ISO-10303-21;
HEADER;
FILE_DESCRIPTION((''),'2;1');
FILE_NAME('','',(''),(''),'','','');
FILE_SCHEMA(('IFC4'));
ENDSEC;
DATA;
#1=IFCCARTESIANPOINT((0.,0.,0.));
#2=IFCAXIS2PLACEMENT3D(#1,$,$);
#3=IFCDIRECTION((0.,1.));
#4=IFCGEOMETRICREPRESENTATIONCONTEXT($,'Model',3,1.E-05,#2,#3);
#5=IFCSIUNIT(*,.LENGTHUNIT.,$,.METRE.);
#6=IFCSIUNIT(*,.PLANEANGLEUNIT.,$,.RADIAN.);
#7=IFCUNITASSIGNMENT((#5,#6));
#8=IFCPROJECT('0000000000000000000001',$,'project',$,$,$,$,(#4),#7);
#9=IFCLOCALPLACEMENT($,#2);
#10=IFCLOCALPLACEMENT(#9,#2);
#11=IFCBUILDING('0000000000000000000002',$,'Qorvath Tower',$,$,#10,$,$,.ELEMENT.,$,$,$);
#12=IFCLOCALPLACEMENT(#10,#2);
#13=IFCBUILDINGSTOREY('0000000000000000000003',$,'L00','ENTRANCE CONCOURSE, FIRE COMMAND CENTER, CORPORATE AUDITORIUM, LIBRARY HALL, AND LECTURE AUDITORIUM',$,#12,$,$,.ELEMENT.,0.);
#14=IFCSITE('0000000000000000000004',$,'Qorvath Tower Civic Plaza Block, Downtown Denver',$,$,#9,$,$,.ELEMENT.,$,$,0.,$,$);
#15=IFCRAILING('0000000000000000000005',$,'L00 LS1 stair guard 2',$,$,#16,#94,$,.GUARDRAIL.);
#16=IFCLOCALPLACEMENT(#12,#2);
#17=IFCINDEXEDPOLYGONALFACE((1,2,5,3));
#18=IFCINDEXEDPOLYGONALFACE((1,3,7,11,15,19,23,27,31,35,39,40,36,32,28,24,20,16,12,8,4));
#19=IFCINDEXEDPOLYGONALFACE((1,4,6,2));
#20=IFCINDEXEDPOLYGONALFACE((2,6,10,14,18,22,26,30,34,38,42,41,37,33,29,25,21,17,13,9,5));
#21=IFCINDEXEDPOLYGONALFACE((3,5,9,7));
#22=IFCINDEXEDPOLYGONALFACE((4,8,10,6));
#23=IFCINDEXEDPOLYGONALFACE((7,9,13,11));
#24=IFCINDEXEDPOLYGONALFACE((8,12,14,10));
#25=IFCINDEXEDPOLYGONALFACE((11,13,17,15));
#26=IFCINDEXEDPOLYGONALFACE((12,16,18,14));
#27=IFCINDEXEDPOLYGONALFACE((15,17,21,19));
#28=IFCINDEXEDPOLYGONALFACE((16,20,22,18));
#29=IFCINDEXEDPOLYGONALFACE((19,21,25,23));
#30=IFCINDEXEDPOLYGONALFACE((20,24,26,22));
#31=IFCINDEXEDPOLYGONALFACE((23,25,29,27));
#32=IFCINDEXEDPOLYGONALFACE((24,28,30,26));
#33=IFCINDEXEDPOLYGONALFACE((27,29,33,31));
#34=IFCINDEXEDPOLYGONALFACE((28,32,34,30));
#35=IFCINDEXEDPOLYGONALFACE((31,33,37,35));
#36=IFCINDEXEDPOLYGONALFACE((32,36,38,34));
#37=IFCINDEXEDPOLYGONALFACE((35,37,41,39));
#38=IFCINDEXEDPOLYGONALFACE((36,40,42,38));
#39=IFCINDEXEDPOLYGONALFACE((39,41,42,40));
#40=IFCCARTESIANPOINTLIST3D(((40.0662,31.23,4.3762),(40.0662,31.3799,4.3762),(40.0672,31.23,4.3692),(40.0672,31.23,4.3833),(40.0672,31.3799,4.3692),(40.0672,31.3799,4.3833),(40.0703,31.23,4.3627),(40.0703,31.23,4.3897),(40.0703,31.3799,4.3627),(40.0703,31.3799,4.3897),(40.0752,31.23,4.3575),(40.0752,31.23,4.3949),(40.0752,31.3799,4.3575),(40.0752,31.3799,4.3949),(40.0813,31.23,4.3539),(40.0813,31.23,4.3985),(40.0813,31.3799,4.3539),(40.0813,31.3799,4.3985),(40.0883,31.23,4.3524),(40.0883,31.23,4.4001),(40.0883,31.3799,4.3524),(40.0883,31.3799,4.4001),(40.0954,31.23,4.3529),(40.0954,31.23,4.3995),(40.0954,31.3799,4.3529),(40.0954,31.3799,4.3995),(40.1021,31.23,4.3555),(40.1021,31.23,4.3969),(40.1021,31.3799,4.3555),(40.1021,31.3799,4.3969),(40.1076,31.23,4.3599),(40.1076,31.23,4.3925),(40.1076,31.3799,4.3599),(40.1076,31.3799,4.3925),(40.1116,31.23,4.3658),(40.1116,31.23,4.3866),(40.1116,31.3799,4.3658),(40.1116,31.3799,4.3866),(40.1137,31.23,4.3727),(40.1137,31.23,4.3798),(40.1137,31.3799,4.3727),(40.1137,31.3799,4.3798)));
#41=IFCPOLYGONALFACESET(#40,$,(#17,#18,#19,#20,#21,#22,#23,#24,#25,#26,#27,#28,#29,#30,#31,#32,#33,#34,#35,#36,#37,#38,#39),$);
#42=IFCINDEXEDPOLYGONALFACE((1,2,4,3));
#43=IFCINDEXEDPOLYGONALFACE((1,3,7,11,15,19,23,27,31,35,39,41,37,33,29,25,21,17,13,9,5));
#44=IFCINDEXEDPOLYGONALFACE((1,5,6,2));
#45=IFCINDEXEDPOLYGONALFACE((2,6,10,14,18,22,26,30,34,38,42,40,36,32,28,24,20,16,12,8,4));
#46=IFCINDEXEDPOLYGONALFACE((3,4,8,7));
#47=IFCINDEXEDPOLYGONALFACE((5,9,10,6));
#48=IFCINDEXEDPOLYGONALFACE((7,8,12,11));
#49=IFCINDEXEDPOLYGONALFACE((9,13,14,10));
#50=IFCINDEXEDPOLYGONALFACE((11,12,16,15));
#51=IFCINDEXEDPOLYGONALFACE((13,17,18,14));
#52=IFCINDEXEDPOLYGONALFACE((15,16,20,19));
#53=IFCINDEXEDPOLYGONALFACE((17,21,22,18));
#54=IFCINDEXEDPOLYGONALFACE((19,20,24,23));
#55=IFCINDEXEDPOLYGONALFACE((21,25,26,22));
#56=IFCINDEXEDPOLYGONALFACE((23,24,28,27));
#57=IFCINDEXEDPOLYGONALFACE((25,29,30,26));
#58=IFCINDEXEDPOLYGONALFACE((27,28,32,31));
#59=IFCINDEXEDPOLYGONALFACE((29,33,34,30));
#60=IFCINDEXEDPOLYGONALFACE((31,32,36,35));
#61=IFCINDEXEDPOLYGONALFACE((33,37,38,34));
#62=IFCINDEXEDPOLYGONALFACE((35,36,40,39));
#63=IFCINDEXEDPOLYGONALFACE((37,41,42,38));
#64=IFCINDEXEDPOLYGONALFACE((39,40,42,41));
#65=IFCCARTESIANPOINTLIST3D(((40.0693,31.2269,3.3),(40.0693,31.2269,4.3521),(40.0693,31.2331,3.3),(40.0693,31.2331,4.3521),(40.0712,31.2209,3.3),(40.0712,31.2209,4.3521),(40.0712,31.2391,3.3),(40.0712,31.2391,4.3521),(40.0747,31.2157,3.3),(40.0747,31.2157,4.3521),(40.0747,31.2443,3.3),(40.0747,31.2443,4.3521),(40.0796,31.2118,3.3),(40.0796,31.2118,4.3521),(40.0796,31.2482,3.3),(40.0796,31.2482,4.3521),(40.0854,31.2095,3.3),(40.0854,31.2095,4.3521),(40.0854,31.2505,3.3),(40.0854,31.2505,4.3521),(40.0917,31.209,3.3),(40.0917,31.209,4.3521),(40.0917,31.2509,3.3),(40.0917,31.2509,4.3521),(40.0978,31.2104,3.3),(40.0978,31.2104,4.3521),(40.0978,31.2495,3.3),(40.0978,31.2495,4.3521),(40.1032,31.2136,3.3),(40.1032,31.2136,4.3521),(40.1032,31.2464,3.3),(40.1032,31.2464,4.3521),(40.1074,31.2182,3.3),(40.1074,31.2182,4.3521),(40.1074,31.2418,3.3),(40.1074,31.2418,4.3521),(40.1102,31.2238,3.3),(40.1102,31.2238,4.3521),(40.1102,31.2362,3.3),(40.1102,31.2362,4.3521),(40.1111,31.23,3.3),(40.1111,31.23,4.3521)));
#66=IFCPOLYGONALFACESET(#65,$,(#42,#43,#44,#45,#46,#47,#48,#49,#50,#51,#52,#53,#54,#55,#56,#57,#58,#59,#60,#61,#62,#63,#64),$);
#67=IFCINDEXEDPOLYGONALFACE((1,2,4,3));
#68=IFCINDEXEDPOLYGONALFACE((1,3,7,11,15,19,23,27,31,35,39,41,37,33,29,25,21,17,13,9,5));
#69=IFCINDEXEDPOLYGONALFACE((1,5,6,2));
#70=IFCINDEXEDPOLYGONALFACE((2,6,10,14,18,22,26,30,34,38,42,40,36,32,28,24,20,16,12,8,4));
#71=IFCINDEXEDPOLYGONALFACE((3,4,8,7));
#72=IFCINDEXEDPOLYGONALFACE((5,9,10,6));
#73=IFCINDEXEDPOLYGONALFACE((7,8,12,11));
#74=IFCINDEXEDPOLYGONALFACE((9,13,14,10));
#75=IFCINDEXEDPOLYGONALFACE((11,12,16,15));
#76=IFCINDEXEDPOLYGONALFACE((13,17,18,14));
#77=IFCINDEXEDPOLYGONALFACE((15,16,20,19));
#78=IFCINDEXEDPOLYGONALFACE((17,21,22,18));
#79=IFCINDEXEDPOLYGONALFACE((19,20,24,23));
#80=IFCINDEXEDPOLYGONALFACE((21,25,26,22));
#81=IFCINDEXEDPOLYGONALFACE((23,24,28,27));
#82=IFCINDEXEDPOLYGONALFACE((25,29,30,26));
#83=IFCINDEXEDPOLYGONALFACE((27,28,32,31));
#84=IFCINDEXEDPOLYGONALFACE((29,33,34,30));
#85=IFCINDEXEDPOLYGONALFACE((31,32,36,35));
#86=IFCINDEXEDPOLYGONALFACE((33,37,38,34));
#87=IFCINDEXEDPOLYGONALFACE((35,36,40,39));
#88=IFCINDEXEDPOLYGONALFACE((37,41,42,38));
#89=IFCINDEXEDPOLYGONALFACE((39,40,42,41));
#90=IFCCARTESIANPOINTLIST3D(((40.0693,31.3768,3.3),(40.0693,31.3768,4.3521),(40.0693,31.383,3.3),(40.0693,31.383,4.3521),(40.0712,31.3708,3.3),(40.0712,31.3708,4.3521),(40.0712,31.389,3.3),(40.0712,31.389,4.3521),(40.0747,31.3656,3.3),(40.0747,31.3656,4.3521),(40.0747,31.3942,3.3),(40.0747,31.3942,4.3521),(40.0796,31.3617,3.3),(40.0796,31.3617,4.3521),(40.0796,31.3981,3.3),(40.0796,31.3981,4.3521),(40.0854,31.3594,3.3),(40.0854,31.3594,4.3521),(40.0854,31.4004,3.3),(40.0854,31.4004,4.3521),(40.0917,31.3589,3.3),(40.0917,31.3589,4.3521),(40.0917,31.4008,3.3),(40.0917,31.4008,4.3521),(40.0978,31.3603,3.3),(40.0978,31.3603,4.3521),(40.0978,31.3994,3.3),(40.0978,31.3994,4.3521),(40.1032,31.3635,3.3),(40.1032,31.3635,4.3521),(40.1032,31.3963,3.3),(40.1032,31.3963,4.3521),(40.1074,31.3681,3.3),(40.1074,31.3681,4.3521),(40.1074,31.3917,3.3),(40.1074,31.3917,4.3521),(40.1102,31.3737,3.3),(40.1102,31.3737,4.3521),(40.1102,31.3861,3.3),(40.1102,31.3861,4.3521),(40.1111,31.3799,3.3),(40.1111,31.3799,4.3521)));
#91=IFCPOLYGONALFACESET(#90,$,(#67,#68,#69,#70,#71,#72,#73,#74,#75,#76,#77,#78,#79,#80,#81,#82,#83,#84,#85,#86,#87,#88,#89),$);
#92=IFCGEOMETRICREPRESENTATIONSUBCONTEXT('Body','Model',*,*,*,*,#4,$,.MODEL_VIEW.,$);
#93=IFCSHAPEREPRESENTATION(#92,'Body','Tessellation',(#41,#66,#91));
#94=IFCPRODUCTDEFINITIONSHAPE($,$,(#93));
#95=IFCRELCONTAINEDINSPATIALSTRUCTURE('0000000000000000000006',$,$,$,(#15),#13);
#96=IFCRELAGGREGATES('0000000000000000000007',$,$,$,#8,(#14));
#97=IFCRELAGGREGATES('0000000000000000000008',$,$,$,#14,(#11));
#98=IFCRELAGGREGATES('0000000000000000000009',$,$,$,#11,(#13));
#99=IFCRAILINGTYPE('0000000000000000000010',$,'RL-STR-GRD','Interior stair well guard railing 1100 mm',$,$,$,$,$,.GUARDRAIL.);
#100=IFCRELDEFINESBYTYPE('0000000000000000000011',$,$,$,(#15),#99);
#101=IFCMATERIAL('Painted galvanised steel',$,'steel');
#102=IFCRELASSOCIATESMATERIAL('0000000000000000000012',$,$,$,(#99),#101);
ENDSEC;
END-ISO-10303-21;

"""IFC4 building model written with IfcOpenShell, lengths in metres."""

from ifc_helpers import new_model, si_unit, direction, frame, origin, origin_2d, place, context, subcontext, project, spatial, circle, extrude, material, type_object, element, save


model = new_model("IFC4")

# Units and contexts
model_context = context("Model", 3, precision=1e-05, world=origin(), true_north=direction((0.0, 1.0)))
body_context = subcontext(model_context, "Body", "Model", "MODEL_VIEW")
ifc_project = project(units=[si_unit("LENGTHUNIT", "METRE"), si_unit("PLANEANGLEUNIT", "RADIAN")], contexts=[model_context])

# Site, building, storey
site_placement = place(None, origin())
site = spatial("IfcSite", under=ifc_project, at=site_placement, Name="Qorvath Tower Civic Plaza Block, Downtown Denver", CompositionType="ELEMENT", RefElevation=0.0)
building_placement = place(site_placement, origin())
building = spatial("IfcBuilding", under=site, at=building_placement, Name="Qorvath Tower", CompositionType="ELEMENT")
storey_placement = place(building_placement, origin())
storey = spatial("IfcBuildingStorey", under=building, at=storey_placement, Name="L00", Description="ENTRANCE CONCOURSE, FIRE COMMAND CENTER, CORPORATE AUDITORIUM, LIBRARY HALL, AND LECTURE AUDITORIUM", CompositionType="ELEMENT", Elevation=0.0)

# Railing
ifc_material_1 = material(Name="Painted galvanised steel", Category="steel")
railing_type_1 = type_object("IfcRailingType", Name="RL-STR-GRD", Description="Interior stair well guard railing 1100 mm", PredefinedType="GUARDRAIL", material=ifc_material_1)
railing_1_placement = place(storey_placement, frame((40.0901, 31.23, 3.3)))
element("IfcRailing", 1, at=railing_1_placement, inside=storey, type_object=railing_type_1, Name="L00 LS1 stair guard 2", PredefinedType="GUARDRAIL", context=body_context, shape_type="SweptSolid", body=[
    extrude(circle(Radius=0.0239, at=origin_2d()), frame((0.0, 0.0, 1.0762), z_axis=(0.0, 1.0, 0.0), x_axis=(-1.0, 0.0, 0.0)), (0.0, 0.0, 1.0), 0.1499),
    extrude(circle(Radius=0.021, at=origin_2d()), origin(), (0.0, 0.0, 1.0), 1.052),
    extrude(circle(Radius=0.021, at=origin_2d()), frame((0.0, 0.1499, 0.0)), (0.0, 0.0, 1.0), 1.052),
])

save(model, "model.ifc")
